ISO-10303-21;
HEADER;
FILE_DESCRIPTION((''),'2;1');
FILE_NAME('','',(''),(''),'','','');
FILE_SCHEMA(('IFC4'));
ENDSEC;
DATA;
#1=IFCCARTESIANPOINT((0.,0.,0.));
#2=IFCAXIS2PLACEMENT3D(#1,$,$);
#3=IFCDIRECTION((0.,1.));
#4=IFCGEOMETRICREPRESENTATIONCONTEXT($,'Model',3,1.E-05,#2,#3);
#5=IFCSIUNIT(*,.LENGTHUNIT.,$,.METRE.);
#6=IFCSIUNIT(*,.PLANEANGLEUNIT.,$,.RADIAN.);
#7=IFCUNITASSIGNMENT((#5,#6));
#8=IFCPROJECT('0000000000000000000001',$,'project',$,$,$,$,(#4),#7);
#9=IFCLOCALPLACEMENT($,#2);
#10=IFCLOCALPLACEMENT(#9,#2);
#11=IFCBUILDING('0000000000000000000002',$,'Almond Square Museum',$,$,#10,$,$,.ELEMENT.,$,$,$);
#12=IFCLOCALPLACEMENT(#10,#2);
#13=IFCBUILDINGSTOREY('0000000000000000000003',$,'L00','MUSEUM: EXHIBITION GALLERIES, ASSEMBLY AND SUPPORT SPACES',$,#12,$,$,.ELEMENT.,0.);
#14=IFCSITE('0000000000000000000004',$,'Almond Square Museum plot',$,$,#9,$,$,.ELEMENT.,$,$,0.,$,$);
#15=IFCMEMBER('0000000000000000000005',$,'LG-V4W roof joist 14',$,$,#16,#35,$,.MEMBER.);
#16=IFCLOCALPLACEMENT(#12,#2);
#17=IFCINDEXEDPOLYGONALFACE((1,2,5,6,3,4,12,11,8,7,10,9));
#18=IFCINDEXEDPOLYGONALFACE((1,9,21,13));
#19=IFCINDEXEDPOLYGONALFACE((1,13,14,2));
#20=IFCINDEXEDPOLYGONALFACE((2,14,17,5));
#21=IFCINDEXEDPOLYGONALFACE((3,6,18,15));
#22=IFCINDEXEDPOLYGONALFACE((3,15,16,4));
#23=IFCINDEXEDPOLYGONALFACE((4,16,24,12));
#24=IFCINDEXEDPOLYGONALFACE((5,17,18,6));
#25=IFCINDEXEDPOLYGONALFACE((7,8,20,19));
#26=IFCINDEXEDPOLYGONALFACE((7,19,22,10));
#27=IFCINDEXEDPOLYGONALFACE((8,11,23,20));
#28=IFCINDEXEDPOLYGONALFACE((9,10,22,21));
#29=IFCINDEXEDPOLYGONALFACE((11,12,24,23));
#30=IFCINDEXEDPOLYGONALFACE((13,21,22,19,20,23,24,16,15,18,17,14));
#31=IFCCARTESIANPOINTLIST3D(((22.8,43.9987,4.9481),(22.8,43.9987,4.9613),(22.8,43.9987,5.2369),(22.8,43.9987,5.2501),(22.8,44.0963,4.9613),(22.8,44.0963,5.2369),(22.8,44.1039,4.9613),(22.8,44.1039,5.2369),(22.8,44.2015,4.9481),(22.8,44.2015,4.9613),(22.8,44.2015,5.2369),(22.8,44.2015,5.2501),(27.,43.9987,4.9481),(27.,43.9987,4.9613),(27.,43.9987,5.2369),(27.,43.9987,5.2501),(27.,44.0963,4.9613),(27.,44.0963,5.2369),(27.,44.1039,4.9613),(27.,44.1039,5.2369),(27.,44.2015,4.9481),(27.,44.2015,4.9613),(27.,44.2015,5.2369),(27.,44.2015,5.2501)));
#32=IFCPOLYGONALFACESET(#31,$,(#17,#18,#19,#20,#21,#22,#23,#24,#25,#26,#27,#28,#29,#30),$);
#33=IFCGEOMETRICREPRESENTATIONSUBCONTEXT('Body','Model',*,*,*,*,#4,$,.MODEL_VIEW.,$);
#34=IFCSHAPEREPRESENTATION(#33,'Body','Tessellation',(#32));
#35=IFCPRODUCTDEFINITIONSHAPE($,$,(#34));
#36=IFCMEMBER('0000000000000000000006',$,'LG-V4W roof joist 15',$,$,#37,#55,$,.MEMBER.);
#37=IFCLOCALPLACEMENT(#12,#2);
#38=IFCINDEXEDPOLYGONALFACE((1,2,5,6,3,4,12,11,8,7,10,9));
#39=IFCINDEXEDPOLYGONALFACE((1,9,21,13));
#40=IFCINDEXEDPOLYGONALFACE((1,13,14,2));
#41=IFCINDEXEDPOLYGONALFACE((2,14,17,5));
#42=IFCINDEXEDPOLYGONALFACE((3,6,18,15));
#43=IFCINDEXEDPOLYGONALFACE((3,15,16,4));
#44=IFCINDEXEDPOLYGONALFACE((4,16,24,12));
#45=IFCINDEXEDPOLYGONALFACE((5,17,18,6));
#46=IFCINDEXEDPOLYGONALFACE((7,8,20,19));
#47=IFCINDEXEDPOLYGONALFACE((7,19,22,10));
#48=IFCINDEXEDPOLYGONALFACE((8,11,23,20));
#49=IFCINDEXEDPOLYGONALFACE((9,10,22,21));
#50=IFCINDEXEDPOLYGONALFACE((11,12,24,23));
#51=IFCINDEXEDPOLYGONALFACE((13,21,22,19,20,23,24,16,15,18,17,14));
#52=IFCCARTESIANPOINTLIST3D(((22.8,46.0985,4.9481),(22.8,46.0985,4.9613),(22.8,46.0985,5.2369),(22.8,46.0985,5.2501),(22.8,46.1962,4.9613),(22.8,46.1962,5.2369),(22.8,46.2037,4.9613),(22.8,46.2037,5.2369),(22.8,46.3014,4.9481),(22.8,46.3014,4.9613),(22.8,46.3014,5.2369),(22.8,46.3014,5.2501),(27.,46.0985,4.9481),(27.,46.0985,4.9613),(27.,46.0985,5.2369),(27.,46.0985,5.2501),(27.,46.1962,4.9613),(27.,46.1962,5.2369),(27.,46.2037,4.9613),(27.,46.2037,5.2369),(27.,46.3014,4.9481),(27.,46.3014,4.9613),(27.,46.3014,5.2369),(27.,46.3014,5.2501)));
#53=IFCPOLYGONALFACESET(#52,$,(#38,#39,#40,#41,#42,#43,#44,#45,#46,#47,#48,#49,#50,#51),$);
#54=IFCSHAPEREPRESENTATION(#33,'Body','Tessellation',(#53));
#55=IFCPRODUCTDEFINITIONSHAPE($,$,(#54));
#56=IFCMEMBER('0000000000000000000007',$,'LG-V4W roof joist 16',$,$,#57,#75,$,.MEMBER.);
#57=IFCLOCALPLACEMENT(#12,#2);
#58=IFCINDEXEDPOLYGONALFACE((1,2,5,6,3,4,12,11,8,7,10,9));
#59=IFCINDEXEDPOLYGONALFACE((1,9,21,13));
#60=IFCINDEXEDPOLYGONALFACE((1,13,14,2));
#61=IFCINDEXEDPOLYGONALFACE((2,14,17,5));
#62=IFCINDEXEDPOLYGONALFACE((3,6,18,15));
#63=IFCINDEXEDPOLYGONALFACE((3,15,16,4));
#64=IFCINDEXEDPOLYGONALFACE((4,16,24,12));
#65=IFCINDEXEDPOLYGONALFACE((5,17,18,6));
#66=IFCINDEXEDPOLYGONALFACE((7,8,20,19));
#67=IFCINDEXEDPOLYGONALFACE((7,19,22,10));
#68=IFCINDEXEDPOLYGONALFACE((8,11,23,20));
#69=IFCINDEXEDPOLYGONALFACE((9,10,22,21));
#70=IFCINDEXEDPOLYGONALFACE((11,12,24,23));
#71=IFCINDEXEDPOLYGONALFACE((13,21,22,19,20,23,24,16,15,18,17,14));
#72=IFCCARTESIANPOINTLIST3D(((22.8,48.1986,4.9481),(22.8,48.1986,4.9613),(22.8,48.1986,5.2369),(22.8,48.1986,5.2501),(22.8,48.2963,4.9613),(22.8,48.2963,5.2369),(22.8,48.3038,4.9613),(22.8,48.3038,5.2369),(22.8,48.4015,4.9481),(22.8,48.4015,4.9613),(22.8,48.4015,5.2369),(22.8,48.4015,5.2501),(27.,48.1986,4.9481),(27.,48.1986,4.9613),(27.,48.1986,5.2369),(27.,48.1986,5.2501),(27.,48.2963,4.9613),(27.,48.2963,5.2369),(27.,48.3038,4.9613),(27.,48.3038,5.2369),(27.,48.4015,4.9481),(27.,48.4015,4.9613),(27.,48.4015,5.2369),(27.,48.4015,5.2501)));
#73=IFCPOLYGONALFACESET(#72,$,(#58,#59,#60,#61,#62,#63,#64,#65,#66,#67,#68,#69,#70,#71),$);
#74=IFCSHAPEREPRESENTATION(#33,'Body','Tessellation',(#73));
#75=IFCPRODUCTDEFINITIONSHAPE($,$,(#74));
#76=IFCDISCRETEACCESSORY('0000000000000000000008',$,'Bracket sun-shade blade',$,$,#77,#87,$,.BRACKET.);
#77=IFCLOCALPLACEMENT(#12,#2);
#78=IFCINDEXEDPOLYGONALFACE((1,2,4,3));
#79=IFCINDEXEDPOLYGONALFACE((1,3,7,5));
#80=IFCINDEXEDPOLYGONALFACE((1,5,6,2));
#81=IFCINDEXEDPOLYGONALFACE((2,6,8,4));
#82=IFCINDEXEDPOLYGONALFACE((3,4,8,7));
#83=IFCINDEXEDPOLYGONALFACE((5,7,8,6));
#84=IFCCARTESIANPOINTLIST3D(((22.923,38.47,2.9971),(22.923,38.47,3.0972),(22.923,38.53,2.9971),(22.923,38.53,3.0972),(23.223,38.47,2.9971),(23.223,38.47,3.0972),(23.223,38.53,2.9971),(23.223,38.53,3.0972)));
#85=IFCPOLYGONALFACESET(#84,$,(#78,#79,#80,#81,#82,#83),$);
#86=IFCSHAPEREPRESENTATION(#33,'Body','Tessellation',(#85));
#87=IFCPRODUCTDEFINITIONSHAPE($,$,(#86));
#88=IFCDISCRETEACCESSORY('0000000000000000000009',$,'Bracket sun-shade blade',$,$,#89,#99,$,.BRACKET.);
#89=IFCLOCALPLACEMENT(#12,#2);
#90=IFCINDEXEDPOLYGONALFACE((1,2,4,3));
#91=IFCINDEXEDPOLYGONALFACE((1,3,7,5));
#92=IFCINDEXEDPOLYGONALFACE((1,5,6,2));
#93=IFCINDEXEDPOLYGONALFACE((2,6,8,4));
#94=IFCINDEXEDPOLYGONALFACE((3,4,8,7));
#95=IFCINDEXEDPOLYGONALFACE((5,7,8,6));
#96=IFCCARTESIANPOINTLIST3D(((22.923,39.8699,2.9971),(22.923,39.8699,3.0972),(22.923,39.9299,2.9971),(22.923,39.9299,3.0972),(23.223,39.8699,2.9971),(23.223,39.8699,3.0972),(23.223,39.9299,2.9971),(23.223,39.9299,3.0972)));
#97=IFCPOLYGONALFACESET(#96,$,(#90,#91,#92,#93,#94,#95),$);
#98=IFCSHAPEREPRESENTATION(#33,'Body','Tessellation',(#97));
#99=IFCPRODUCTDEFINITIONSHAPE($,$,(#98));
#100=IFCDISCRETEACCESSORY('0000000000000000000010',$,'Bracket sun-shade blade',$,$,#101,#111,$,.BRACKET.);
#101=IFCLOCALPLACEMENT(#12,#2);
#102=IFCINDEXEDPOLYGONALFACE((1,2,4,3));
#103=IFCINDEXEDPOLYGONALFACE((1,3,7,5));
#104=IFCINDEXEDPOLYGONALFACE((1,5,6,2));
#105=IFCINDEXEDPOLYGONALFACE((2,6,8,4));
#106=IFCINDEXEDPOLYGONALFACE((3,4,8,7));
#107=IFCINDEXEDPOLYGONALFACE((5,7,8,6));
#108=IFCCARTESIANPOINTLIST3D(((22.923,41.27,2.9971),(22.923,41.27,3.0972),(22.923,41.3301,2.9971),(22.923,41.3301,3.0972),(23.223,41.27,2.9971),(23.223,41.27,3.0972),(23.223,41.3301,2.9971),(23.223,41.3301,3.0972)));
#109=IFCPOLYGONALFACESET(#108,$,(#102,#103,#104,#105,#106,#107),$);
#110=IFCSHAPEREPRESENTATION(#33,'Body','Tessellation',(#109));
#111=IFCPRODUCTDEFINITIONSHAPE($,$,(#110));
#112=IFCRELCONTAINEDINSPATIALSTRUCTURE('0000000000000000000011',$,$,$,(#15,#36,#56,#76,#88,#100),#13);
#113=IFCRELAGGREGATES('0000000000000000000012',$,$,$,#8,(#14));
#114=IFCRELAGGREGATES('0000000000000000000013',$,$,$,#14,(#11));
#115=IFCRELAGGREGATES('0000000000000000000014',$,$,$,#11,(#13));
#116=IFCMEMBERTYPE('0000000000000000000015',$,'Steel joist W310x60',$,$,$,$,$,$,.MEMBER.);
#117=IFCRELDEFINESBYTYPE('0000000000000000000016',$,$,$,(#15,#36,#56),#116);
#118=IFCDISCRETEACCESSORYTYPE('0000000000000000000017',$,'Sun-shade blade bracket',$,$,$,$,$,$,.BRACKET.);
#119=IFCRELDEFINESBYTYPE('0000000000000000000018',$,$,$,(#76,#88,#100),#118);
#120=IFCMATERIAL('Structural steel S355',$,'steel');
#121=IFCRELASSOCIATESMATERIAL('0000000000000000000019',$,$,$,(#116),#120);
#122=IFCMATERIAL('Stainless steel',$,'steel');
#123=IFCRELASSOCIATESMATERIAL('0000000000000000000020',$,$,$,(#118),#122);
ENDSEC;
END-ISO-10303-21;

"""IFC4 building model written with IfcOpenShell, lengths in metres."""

from ifc_helpers import new_model, si_unit, direction, frame, origin, origin_2d, place, context, subcontext, project, spatial, rectangle, i_section, extrude, material, material_profile, profile_set, type_object, element, save


model = new_model("IFC4")

# Units and contexts
model_context = context("Model", 3, precision=1e-05, world=origin(), true_north=direction((0.0, 1.0)))
body_context = subcontext(model_context, "Body", "Model", "MODEL_VIEW")
ifc_project = project(units=[si_unit("LENGTHUNIT", "METRE"), si_unit("PLANEANGLEUNIT", "RADIAN")], contexts=[model_context])

# Site, building, storey
site_placement = place(None, origin())
site = spatial("IfcSite", under=ifc_project, at=site_placement, Name="Almond Square Museum plot", CompositionType="ELEMENT", RefElevation=0.0)
building_placement = place(site_placement, origin())
building = spatial("IfcBuilding", under=site, at=building_placement, Name="Almond Square Museum", CompositionType="ELEMENT")
storey_placement = place(building_placement, origin())
storey = spatial("IfcBuildingStorey", under=building, at=storey_placement, Name="L00", Description="MUSEUM: EXHIBITION GALLERIES, ASSEMBLY AND SUPPORT SPACES", CompositionType="ELEMENT", Elevation=0.0)

# Members
ifc_material_1 = material(Name="Structural steel S355", Category="steel")
ifc_material_profile_1 = material_profile(ifc_material_1, i_section(OverallWidth=0.2029, OverallDepth=0.302, WebThickness=0.0076, FlangeThickness=0.0132, at=origin_2d()))
ifc_profile_set_1 = profile_set([ifc_material_profile_1], Name="Structural steel S355")
member_type = type_object("IfcMemberType", Name="Steel joist W310x60", PredefinedType="MEMBER", material=ifc_profile_set_1)
for number, where, z_axis, x_axis, name in (
    (1, (22.8, 44.1001, 5.0991), (1.0, 0.0, 0.0), (0.0, 1.0, 0.0), "LG-V4W roof joist 14"),
    (2, (22.8, 46.2, 5.0991), (1.0, 0.0, 0.0), (0.0, 1.0, 0.0), "LG-V4W roof joist 15"),
    (3, (22.8, 48.3, 5.0991), (1.0, 0.0, 0.0), (0.0, 1.0, 0.0), "LG-V4W roof joist 16"),
):
    element("IfcMember", number, at=place(storey_placement, frame(where, z_axis=z_axis, x_axis=x_axis)), inside=storey, type_object=member_type, Name=name, PredefinedType="MEMBER", context=body_context, shape_type="SweptSolid", body=[
        extrude(i_section(OverallWidth=0.2029, OverallDepth=0.302, WebThickness=0.0076, FlangeThickness=0.0132, at=origin_2d()), origin(), (0.0, 0.0, 1.0), 4.2),
    ])

# Discrete accessories
ifc_material_2 = material(Name="Stainless steel", Category="steel")
discrete_accessory_type = type_object("IfcDiscreteAccessoryType", Name="Sun-shade blade bracket", PredefinedType="BRACKET", material=ifc_material_2)
for number, where, z_axis, x_axis, name in (
    (4, (23.073, 38.5, 2.9971), (0.0, 0.0, 1.0), (1.0, 0.0, 0.0), "Bracket sun-shade blade"),
    (5, (23.073, 39.8999, 2.9971), (0.0, 0.0, 1.0), (1.0, 0.0, 0.0), "Bracket sun-shade blade"),
    (6, (23.073, 41.3, 2.9971), (0.0, 0.0, 1.0), (1.0, 0.0, 0.0), "Bracket sun-shade blade"),
):
    element("IfcDiscreteAccessory", number, at=place(storey_placement, frame(where, z_axis=z_axis, x_axis=x_axis)), inside=storey, type_object=discrete_accessory_type, Name=name, PredefinedType="BRACKET", context=body_context, shape_type="SweptSolid", body=[
        extrude(rectangle(XDim=0.3, YDim=0.0601, at=origin_2d()), origin(), (0.0, 0.0, 1.0), 0.1001),
    ])

save(model, "model.ifc")
